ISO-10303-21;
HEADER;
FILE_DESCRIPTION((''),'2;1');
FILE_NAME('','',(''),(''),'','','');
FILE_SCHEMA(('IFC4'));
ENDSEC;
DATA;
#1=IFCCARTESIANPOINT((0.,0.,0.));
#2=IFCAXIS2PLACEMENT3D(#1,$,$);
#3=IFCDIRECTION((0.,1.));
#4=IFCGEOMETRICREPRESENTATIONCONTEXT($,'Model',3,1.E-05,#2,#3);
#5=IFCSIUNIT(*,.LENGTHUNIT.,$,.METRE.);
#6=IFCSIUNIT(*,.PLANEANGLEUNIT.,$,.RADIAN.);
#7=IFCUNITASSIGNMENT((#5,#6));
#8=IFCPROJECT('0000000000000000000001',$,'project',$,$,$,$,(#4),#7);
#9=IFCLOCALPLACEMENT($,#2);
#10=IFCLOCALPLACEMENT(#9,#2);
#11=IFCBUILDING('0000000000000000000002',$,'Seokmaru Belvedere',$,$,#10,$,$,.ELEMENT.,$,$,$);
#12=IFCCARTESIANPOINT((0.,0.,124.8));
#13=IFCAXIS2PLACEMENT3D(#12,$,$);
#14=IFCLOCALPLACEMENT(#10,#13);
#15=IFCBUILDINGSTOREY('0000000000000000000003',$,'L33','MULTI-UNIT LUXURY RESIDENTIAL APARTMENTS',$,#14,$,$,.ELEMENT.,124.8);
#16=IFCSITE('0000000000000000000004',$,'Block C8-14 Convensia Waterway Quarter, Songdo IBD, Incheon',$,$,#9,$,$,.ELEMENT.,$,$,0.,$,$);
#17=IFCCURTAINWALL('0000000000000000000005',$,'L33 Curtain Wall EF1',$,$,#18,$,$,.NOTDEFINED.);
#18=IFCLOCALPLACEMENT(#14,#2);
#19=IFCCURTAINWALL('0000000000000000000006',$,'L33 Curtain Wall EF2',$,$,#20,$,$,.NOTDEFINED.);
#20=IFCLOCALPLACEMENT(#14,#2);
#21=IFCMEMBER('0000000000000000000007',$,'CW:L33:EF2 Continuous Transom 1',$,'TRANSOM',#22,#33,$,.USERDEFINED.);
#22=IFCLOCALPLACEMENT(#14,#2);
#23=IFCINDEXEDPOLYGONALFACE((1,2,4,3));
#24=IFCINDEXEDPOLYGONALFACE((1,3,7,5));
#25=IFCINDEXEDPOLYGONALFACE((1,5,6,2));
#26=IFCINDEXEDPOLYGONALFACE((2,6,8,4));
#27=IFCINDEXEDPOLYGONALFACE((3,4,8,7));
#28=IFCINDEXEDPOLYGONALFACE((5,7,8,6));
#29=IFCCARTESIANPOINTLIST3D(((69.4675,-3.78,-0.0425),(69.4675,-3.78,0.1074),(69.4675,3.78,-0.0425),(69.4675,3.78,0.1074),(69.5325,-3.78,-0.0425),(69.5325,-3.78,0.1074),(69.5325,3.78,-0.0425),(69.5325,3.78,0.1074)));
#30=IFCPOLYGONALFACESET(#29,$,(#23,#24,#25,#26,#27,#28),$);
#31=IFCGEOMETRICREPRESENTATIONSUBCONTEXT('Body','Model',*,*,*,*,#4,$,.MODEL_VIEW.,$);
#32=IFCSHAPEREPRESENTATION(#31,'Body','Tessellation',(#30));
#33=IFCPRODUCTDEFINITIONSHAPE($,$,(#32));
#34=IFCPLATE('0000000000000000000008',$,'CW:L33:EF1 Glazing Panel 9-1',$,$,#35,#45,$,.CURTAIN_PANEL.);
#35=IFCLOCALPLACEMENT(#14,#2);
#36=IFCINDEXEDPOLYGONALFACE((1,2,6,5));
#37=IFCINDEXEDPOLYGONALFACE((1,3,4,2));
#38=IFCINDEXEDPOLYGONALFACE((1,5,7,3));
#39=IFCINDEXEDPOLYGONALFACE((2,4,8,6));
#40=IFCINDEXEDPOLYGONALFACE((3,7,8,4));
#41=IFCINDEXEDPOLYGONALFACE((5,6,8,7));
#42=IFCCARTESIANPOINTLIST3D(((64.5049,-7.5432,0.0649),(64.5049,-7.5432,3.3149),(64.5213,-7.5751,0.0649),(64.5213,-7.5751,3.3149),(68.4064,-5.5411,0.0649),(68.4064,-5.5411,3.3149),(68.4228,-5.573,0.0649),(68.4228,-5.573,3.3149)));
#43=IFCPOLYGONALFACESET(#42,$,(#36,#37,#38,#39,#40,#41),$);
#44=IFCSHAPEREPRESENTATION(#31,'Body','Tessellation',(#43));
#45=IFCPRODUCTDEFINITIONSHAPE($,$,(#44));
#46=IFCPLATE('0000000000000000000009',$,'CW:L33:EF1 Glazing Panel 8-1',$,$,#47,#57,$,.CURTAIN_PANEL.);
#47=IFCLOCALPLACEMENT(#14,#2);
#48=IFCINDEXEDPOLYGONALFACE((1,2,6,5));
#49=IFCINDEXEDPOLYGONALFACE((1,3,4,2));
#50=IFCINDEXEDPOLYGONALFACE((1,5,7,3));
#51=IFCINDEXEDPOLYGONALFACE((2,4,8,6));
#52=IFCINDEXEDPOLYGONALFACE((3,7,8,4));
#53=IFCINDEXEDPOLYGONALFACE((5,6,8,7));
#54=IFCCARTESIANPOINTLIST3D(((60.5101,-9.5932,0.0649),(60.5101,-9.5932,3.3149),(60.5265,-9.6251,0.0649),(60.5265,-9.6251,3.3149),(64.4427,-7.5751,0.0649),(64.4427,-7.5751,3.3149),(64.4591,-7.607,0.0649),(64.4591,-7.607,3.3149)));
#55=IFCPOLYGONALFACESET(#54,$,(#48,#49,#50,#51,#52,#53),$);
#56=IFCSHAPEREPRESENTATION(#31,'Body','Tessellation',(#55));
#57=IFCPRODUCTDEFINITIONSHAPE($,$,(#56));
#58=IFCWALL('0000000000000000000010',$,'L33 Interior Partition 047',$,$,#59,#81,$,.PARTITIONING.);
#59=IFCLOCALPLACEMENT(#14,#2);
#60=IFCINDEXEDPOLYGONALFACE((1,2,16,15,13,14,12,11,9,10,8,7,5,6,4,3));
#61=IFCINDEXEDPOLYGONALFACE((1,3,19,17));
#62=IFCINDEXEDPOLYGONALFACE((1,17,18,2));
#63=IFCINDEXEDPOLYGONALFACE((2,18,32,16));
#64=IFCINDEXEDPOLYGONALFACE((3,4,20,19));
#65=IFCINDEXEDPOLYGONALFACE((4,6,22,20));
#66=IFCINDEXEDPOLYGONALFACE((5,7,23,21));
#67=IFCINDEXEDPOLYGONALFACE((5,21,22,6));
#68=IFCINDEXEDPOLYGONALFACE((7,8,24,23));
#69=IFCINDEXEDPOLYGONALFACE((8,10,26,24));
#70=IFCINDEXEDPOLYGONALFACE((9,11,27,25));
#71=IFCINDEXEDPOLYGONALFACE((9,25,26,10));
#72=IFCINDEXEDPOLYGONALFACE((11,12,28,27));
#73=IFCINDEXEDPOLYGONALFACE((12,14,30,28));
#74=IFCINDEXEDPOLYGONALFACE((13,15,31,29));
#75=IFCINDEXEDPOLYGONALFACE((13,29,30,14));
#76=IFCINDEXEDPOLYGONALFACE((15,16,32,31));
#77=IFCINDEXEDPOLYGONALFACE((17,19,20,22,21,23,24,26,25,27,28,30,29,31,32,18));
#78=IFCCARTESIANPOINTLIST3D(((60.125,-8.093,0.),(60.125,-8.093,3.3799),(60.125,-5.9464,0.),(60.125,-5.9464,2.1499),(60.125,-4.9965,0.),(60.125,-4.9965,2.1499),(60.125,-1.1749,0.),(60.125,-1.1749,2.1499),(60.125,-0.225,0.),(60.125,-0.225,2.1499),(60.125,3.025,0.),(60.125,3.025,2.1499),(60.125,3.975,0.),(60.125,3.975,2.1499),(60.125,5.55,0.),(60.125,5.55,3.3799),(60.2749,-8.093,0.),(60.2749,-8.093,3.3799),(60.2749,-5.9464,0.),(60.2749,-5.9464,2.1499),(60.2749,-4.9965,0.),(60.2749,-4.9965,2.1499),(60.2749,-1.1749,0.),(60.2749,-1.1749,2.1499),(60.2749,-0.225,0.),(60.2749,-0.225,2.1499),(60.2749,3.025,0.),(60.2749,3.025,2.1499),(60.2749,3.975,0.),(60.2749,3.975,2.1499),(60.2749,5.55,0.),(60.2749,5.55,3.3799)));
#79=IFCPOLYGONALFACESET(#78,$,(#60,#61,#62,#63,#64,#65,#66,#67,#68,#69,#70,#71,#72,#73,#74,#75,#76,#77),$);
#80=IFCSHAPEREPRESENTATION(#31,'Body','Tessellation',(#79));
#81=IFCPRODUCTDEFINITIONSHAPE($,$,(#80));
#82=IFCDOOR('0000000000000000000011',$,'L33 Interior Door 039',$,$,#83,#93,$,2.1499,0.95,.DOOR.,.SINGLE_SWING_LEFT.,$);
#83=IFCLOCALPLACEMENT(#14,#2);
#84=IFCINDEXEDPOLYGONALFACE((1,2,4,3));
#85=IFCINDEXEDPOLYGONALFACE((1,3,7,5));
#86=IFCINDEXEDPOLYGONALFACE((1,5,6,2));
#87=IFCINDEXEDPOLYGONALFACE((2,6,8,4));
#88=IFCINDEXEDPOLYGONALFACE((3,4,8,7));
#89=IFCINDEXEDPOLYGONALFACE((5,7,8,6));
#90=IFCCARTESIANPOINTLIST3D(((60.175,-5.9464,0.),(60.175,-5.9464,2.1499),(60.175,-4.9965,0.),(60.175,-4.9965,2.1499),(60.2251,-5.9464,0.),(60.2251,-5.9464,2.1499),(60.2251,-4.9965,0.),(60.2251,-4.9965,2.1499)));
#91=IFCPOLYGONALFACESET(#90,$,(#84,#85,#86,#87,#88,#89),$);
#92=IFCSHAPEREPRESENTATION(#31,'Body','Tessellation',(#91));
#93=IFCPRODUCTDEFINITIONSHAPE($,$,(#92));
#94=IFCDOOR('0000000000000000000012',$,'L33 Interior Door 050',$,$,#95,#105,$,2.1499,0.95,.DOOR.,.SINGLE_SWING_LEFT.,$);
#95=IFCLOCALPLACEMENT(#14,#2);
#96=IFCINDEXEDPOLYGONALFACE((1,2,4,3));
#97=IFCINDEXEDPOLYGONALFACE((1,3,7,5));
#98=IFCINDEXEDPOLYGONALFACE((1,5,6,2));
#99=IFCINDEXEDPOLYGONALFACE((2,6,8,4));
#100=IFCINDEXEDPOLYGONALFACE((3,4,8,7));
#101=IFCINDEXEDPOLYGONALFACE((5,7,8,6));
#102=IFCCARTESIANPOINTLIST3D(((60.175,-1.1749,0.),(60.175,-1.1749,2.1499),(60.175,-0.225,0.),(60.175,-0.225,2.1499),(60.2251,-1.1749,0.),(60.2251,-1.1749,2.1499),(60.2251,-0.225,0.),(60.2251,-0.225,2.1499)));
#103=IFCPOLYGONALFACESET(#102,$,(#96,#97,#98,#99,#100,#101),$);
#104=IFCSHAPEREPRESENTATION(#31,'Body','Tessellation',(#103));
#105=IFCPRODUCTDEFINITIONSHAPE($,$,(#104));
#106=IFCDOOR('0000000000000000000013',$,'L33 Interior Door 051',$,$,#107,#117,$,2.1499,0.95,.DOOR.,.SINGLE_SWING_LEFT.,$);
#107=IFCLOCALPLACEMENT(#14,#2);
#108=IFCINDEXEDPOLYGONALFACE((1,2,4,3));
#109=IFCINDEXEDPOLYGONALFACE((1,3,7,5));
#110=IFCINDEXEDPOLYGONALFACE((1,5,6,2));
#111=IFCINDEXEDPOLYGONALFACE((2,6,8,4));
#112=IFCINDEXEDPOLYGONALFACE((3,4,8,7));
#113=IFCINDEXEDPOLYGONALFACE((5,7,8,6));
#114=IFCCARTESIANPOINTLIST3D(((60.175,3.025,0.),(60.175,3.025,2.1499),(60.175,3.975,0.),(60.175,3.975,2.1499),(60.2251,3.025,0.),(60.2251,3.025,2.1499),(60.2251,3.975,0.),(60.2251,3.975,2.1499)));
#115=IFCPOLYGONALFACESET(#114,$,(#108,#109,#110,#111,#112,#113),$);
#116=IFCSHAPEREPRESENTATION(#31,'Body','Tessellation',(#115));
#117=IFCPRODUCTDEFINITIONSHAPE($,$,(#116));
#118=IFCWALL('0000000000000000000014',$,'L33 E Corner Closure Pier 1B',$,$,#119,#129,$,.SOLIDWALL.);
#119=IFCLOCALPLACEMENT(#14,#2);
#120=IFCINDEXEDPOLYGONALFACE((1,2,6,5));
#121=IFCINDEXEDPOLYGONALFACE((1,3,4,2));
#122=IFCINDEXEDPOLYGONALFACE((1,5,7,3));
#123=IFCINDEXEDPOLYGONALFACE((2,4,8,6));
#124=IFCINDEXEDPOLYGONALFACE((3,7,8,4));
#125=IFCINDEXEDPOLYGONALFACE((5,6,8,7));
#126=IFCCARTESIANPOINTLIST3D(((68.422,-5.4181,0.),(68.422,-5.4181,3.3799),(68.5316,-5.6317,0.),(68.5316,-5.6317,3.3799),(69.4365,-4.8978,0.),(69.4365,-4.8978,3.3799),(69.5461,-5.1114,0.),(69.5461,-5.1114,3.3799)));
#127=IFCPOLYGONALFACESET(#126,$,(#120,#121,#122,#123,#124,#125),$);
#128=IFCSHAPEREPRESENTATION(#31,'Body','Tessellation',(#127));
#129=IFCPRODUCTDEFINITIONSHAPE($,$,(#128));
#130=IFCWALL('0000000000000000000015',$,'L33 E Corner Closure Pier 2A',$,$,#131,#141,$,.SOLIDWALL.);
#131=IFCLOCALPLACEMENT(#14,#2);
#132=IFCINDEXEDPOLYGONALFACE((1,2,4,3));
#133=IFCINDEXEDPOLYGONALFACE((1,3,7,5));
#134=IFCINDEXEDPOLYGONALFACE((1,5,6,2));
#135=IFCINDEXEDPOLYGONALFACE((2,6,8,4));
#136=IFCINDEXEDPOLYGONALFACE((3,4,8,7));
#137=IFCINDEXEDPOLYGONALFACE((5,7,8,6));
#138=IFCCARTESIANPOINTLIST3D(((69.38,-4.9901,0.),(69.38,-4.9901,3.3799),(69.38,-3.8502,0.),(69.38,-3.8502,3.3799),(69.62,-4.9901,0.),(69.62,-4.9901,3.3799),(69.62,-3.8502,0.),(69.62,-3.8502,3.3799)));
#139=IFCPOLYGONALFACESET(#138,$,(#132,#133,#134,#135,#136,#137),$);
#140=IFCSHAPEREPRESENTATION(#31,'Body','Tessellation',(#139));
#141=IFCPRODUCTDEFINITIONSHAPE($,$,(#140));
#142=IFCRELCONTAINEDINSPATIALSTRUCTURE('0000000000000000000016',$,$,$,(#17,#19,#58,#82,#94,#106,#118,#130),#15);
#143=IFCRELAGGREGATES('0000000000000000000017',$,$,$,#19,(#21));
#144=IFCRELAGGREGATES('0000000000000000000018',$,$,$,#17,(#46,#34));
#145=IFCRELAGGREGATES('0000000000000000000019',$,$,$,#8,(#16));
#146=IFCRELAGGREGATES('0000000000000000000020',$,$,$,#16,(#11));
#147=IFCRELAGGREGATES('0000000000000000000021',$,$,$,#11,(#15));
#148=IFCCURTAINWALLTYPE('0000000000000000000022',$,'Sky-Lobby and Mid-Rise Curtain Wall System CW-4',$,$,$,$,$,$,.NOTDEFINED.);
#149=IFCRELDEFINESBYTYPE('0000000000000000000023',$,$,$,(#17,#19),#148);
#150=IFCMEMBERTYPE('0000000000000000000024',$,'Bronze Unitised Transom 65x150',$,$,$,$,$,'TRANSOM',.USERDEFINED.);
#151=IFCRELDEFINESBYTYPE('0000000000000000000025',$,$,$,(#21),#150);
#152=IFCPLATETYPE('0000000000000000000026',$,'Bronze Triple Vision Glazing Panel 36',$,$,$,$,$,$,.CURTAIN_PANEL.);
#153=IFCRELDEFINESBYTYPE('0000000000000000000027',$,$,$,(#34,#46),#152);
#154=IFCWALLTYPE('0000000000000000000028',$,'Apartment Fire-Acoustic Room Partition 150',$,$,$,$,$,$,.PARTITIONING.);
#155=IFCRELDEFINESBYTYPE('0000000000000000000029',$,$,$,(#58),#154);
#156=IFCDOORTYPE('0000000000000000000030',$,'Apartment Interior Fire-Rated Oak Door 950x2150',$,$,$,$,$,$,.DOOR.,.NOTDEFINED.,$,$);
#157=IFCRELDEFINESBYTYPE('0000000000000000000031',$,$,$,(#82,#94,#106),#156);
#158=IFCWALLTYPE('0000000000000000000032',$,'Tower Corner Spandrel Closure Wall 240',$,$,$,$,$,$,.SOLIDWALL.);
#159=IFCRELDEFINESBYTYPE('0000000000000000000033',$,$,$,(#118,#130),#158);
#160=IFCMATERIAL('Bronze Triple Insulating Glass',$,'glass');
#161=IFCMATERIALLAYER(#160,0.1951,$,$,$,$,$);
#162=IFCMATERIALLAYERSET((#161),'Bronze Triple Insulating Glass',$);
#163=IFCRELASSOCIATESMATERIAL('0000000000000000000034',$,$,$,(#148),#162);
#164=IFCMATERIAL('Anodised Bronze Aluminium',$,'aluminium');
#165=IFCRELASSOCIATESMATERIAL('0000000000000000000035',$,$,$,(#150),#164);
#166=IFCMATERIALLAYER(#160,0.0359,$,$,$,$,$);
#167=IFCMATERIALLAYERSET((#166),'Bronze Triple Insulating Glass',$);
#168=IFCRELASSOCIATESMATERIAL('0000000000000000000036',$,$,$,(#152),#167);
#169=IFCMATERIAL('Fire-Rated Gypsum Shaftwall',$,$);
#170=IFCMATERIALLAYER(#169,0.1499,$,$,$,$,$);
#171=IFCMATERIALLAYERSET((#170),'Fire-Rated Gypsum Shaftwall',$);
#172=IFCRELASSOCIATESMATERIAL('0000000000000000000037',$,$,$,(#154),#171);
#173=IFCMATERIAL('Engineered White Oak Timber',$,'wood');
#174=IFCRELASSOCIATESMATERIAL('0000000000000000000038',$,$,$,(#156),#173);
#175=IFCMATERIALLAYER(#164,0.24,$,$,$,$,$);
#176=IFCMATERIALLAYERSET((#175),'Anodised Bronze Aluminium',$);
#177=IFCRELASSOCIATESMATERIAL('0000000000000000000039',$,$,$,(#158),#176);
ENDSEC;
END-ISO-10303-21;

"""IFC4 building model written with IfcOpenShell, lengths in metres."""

from ifc_helpers import new_model, si_unit, direction, frame, frame_2d, origin, origin_2d, place, context, subcontext, project, spatial, rectangle, extrude, source, transform, mapped, material, layer, layer_set, material_profile, profile_set, type_object, type_shapes, element, fill, aggregate, save


model = new_model("IFC4")

# Units and contexts
model_context = context("Model", 3, precision=1e-05, world=origin(), true_north=direction((0.0, 1.0)))
body_context = subcontext(model_context, "Body", "Model", "MODEL_VIEW")
ifc_project = project(units=[si_unit("LENGTHUNIT", "METRE"), si_unit("PLANEANGLEUNIT", "RADIAN")], contexts=[model_context])

# Site, building, storey
site_placement = place(None, origin())
site = spatial("IfcSite", under=ifc_project, at=site_placement, Name="Block C8-14 Convensia Waterway Quarter, Songdo IBD, Incheon", CompositionType="ELEMENT", RefElevation=0.0)
building_placement = place(site_placement, origin())
building = spatial("IfcBuilding", under=site, at=building_placement, Name="Seokmaru Belvedere", CompositionType="ELEMENT")
storey_placement = place(building_placement, frame((0.0, 0.0, 124.8)))
storey = spatial("IfcBuildingStorey", under=building, at=storey_placement, Name="L33", Description="MULTI-UNIT LUXURY RESIDENTIAL APARTMENTS", CompositionType="ELEMENT", Elevation=124.8)

# Curtain walls
ifc_material_1 = material(Name="Bronze Triple Insulating Glass", Category="glass")
ifc_layer_1 = layer(ifc_material_1, 0.1951)
ifc_layer_set_1 = layer_set([ifc_layer_1], Name="Bronze Triple Insulating Glass")
curtain_wall_type = type_object("IfcCurtainWallType", Name="Sky-Lobby and Mid-Rise Curtain Wall System CW-4", PredefinedType="NOTDEFINED", material=ifc_layer_set_1)
curtain_wall_1_placement = place(storey_placement, origin())
curtain_wall_1 = element("IfcCurtainWall", 1, at=curtain_wall_1_placement, inside=storey, type_object=curtain_wall_type, Name="L33 Curtain Wall EF1", PredefinedType="NOTDEFINED")
ifc_material_2 = material(Name="Anodised Bronze Aluminium", Category="aluminium")
curtain_wall_2_placement = place(storey_placement, origin())
curtain_wall_2 = element("IfcCurtainWall", 2, at=curtain_wall_2_placement, inside=storey, type_object=curtain_wall_type, Name="L33 Curtain Wall EF2", PredefinedType="NOTDEFINED")

# Member
ifc_material_profile_1 = material_profile(ifc_material_2, rectangle(XDim=0.0649, YDim=0.1499, at=origin_2d()), Name="CW-T-65x150")
ifc_profile_set_1 = profile_set([ifc_material_profile_1], Name="Anodised Bronze Aluminium")
member_type_1 = type_object("IfcMemberType", Name="Bronze Unitised Transom 65x150", ElementType="TRANSOM", PredefinedType="USERDEFINED", material=ifc_profile_set_1)
shared_shape_1 = source(origin(), body_context, "Body", "SweptSolid", [
    extrude(rectangle(XDim=0.0649, YDim=0.1499, at=origin_2d()), origin(), (0.0, 0.0, 1.0), 7.5601),
])
type_shapes(member_type_1, [shared_shape_1])
member_1_placement = place(storey_placement, frame((69.5, -3.78, 0.0325), z_axis=(0.0, 1.0, 0.0), x_axis=(-1.0, 0.0, 0.0)))
member_1 = element("IfcMember", 3, at=member_1_placement, type_object=member_type_1, Name="CW:L33:EF2 Continuous Transom 1", ObjectType="TRANSOM", PredefinedType="USERDEFINED", context=body_context, shape_type="MappedRepresentation", body=[
    mapped(shared_shape_1, transform((0.0, 0.0, 0.0), scale=1.0)),
])
aggregate(curtain_wall_2, [member_1])

# Plates
ifc_layer_2 = layer(ifc_material_1, 0.0359)
ifc_layer_set_2 = layer_set([ifc_layer_2], Name="Bronze Triple Insulating Glass")
plate_type = type_object("IfcPlateType", Name="Bronze Triple Vision Glazing Panel 36", PredefinedType="CURTAIN_PANEL", material=ifc_layer_set_2)
shared_shape_2 = source(origin(), body_context, "Body", "SweptSolid", [
    extrude(rectangle(XDim=4.3853, YDim=0.0359, at=origin_2d()), origin(), (0.0, 0.0, 1.0), 3.25),
])
plate_1_placement = place(storey_placement, frame((66.4639, -6.5581, 0.0649), z_axis=(0.0, 0.0, 1.0), x_axis=(0.889695, 0.456555, 0.0)))
plate_1 = element("IfcPlate", 4, at=plate_1_placement, type_object=plate_type, Name="CW:L33:EF1 Glazing Panel 9-1", PredefinedType="CURTAIN_PANEL", context=body_context, shape_type="MappedRepresentation", body=[
    mapped(shared_shape_2, transform((0.0, 0.0, 0.0), scale=1.0)),
])
shared_shape_3 = source(origin(), body_context, "Body", "SweptSolid", [
    extrude(rectangle(XDim=4.4202, YDim=0.0359, at=origin_2d()), origin(), (0.0, 0.0, 1.0), 3.25),
])
type_shapes(plate_type, [shared_shape_2, shared_shape_3])
plate_2_placement = place(storey_placement, frame((62.4846, -8.6001, 0.0649), z_axis=(0.0, 0.0, 1.0), x_axis=(0.889695, 0.456555, 0.0)))
plate_2 = element("IfcPlate", 5, at=plate_2_placement, type_object=plate_type, Name="CW:L33:EF1 Glazing Panel 8-1", PredefinedType="CURTAIN_PANEL", context=body_context, shape_type="MappedRepresentation", body=[
    mapped(shared_shape_3, transform((0.0, 0.0, 0.0), scale=1.0)),
])
aggregate(curtain_wall_1, [plate_2, plate_1])

# Wall, openings, doors
ifc_material_3 = material(Name="Fire-Rated Gypsum Shaftwall")
ifc_layer_3 = layer(ifc_material_3, 0.1499)
ifc_layer_set_3 = layer_set([ifc_layer_3], Name="Fire-Rated Gypsum Shaftwall")
wall_type_1 = type_object("IfcWallType", Name="Apartment Fire-Acoustic Room Partition 150", PredefinedType="PARTITIONING", material=ifc_layer_set_3)
wall_1_placement = place(storey_placement, frame((60.2, -8.093, 0.0), z_axis=(0.0, 0.0, 1.0), x_axis=(0.0, 1.0, 0.0)))
wall_1 = element("IfcWall", 6, at=wall_1_placement, inside=storey, type_object=wall_type_1, Name="L33 Interior Partition 047", PredefinedType="PARTITIONING", context=body_context, shape_type="SweptSolid", body=[
    extrude(rectangle(XDim=13.6431, YDim=0.1499, at=frame_2d((6.8215, 0.0))), origin(), (0.0, 0.0, 1.0), 3.3799),
])
opening_1_placement = place(wall_1_placement, frame((2.1465, 0.0, 0.0)))
opening_1 = element("IfcOpeningElement", 7, at=opening_1_placement, cuts=wall_1, PredefinedType="OPENING", context=body_context, shape_type="SweptSolid", body=[
    extrude(rectangle(XDim=0.95, YDim=2.1499, at=frame_2d((0.4751, 1.075))), frame((0.0, 0.085, 0.0), z_axis=(0.0, -1.0, 0.0), x_axis=(1.0, 0.0, 0.0)), (0.0, 0.0, 1.0), 0.1699),
])
opening_2_placement = place(wall_1_placement, frame((6.918, 0.0, 0.0)))
opening_2 = element("IfcOpeningElement", 8, at=opening_2_placement, cuts=wall_1, PredefinedType="OPENING", context=body_context, shape_type="SweptSolid", body=[
    extrude(rectangle(XDim=0.95, YDim=2.1499, at=frame_2d((0.4751, 1.075))), frame((0.0, 0.085, 0.0), z_axis=(0.0, -1.0, 0.0), x_axis=(1.0, 0.0, 0.0)), (0.0, 0.0, 1.0), 0.1699),
])
opening_3_placement = place(wall_1_placement, frame((11.1179, 0.0, 0.0)))
opening_3 = element("IfcOpeningElement", 9, at=opening_3_placement, cuts=wall_1, PredefinedType="OPENING", context=body_context, shape_type="SweptSolid", body=[
    extrude(rectangle(XDim=0.95, YDim=2.1499, at=frame_2d((0.4751, 1.075))), frame((0.0, 0.085, 0.0), z_axis=(0.0, -1.0, 0.0), x_axis=(1.0, 0.0, 0.0)), (0.0, 0.0, 1.0), 0.1699),
])
ifc_material_4 = material(Name="Engineered White Oak Timber", Category="wood")
door_type = type_object("IfcDoorType", Name="Apartment Interior Fire-Rated Oak Door 950x2150", OperationType="NOTDEFINED", PredefinedType="DOOR", material=ifc_material_4)
shared_shape_4 = source(origin(), body_context, "Body", "SweptSolid", [
    extrude(rectangle(XDim=0.95, YDim=2.1499, at=frame_2d((0.4751, 1.075))), frame((0.0, 0.0249, 0.0), z_axis=(0.0, -1.0, 0.0), x_axis=(1.0, 0.0, 0.0)), (0.0, 0.0, 1.0), 0.05),
])
type_shapes(door_type, [shared_shape_4])
door_1_placement = place(opening_1_placement, origin())
door_1 = element("IfcDoor", 10, at=door_1_placement, inside=storey, type_object=door_type, Name="L33 Interior Door 039", OperationType="SINGLE_SWING_LEFT", OverallHeight=2.1499, OverallWidth=0.95, PredefinedType="DOOR", context=body_context, shape_type="MappedRepresentation", body=[
    mapped(shared_shape_4, transform((0.0, 0.0, 0.0), scale=1.0)),
])
fill(opening_1, door_1)
door_2_placement = place(opening_2_placement, origin())
door_2 = element("IfcDoor", 11, at=door_2_placement, inside=storey, type_object=door_type, Name="L33 Interior Door 050", OperationType="SINGLE_SWING_LEFT", OverallHeight=2.1499, OverallWidth=0.95, PredefinedType="DOOR", context=body_context, shape_type="MappedRepresentation", body=[
    mapped(shared_shape_4, transform((0.0, 0.0, 0.0), scale=1.0)),
])
fill(opening_2, door_2)
door_3_placement = place(opening_3_placement, origin())
door_3 = element("IfcDoor", 12, at=door_3_placement, inside=storey, type_object=door_type, Name="L33 Interior Door 051", OperationType="SINGLE_SWING_LEFT", OverallHeight=2.1499, OverallWidth=0.95, PredefinedType="DOOR", context=body_context, shape_type="MappedRepresentation", body=[
    mapped(shared_shape_4, transform((0.0, 0.0, 0.0), scale=1.0)),
])
fill(opening_3, door_3)

# Walls
ifc_layer_4 = layer(ifc_material_2, 0.24)
ifc_layer_set_4 = layer_set([ifc_layer_4], Name="Anodised Bronze Aluminium")
wall_type_2 = type_object("IfcWallType", Name="Tower Corner Spandrel Closure Wall 240", PredefinedType="SOLIDWALL", material=ifc_layer_set_4)
wall_2_placement = place(storey_placement, frame((68.4768, -5.5249, 0.0), z_axis=(0.0, 0.0, 1.0), x_axis=(0.889797, 0.456356, 0.0)))
element("IfcWall", 13, at=wall_2_placement, inside=storey, type_object=wall_type_2, Name="L33 E Corner Closure Pier 1B", PredefinedType="SOLIDWALL", context=body_context, shape_type="SweptSolid", body=[
    extrude(rectangle(XDim=1.1401, YDim=0.24, at=frame_2d((0.5701, 0.0))), origin(), (0.0, 0.0, 1.0), 3.3799),
])
wall_3_placement = place(storey_placement, frame((69.5, -4.99, 0.0), z_axis=(0.0, 0.0, 1.0), x_axis=(0.0, 1.0, 0.0)))
element("IfcWall", 14, at=wall_3_placement, inside=storey, type_object=wall_type_2, Name="L33 E Corner Closure Pier 2A", PredefinedType="SOLIDWALL", context=body_context, shape_type="SweptSolid", body=[
    extrude(rectangle(XDim=1.1399, YDim=0.24, at=frame_2d((0.5698, 0.0))), origin(), (0.0, 0.0, 1.0), 3.3799),
])

save(model, "model.ifc")
